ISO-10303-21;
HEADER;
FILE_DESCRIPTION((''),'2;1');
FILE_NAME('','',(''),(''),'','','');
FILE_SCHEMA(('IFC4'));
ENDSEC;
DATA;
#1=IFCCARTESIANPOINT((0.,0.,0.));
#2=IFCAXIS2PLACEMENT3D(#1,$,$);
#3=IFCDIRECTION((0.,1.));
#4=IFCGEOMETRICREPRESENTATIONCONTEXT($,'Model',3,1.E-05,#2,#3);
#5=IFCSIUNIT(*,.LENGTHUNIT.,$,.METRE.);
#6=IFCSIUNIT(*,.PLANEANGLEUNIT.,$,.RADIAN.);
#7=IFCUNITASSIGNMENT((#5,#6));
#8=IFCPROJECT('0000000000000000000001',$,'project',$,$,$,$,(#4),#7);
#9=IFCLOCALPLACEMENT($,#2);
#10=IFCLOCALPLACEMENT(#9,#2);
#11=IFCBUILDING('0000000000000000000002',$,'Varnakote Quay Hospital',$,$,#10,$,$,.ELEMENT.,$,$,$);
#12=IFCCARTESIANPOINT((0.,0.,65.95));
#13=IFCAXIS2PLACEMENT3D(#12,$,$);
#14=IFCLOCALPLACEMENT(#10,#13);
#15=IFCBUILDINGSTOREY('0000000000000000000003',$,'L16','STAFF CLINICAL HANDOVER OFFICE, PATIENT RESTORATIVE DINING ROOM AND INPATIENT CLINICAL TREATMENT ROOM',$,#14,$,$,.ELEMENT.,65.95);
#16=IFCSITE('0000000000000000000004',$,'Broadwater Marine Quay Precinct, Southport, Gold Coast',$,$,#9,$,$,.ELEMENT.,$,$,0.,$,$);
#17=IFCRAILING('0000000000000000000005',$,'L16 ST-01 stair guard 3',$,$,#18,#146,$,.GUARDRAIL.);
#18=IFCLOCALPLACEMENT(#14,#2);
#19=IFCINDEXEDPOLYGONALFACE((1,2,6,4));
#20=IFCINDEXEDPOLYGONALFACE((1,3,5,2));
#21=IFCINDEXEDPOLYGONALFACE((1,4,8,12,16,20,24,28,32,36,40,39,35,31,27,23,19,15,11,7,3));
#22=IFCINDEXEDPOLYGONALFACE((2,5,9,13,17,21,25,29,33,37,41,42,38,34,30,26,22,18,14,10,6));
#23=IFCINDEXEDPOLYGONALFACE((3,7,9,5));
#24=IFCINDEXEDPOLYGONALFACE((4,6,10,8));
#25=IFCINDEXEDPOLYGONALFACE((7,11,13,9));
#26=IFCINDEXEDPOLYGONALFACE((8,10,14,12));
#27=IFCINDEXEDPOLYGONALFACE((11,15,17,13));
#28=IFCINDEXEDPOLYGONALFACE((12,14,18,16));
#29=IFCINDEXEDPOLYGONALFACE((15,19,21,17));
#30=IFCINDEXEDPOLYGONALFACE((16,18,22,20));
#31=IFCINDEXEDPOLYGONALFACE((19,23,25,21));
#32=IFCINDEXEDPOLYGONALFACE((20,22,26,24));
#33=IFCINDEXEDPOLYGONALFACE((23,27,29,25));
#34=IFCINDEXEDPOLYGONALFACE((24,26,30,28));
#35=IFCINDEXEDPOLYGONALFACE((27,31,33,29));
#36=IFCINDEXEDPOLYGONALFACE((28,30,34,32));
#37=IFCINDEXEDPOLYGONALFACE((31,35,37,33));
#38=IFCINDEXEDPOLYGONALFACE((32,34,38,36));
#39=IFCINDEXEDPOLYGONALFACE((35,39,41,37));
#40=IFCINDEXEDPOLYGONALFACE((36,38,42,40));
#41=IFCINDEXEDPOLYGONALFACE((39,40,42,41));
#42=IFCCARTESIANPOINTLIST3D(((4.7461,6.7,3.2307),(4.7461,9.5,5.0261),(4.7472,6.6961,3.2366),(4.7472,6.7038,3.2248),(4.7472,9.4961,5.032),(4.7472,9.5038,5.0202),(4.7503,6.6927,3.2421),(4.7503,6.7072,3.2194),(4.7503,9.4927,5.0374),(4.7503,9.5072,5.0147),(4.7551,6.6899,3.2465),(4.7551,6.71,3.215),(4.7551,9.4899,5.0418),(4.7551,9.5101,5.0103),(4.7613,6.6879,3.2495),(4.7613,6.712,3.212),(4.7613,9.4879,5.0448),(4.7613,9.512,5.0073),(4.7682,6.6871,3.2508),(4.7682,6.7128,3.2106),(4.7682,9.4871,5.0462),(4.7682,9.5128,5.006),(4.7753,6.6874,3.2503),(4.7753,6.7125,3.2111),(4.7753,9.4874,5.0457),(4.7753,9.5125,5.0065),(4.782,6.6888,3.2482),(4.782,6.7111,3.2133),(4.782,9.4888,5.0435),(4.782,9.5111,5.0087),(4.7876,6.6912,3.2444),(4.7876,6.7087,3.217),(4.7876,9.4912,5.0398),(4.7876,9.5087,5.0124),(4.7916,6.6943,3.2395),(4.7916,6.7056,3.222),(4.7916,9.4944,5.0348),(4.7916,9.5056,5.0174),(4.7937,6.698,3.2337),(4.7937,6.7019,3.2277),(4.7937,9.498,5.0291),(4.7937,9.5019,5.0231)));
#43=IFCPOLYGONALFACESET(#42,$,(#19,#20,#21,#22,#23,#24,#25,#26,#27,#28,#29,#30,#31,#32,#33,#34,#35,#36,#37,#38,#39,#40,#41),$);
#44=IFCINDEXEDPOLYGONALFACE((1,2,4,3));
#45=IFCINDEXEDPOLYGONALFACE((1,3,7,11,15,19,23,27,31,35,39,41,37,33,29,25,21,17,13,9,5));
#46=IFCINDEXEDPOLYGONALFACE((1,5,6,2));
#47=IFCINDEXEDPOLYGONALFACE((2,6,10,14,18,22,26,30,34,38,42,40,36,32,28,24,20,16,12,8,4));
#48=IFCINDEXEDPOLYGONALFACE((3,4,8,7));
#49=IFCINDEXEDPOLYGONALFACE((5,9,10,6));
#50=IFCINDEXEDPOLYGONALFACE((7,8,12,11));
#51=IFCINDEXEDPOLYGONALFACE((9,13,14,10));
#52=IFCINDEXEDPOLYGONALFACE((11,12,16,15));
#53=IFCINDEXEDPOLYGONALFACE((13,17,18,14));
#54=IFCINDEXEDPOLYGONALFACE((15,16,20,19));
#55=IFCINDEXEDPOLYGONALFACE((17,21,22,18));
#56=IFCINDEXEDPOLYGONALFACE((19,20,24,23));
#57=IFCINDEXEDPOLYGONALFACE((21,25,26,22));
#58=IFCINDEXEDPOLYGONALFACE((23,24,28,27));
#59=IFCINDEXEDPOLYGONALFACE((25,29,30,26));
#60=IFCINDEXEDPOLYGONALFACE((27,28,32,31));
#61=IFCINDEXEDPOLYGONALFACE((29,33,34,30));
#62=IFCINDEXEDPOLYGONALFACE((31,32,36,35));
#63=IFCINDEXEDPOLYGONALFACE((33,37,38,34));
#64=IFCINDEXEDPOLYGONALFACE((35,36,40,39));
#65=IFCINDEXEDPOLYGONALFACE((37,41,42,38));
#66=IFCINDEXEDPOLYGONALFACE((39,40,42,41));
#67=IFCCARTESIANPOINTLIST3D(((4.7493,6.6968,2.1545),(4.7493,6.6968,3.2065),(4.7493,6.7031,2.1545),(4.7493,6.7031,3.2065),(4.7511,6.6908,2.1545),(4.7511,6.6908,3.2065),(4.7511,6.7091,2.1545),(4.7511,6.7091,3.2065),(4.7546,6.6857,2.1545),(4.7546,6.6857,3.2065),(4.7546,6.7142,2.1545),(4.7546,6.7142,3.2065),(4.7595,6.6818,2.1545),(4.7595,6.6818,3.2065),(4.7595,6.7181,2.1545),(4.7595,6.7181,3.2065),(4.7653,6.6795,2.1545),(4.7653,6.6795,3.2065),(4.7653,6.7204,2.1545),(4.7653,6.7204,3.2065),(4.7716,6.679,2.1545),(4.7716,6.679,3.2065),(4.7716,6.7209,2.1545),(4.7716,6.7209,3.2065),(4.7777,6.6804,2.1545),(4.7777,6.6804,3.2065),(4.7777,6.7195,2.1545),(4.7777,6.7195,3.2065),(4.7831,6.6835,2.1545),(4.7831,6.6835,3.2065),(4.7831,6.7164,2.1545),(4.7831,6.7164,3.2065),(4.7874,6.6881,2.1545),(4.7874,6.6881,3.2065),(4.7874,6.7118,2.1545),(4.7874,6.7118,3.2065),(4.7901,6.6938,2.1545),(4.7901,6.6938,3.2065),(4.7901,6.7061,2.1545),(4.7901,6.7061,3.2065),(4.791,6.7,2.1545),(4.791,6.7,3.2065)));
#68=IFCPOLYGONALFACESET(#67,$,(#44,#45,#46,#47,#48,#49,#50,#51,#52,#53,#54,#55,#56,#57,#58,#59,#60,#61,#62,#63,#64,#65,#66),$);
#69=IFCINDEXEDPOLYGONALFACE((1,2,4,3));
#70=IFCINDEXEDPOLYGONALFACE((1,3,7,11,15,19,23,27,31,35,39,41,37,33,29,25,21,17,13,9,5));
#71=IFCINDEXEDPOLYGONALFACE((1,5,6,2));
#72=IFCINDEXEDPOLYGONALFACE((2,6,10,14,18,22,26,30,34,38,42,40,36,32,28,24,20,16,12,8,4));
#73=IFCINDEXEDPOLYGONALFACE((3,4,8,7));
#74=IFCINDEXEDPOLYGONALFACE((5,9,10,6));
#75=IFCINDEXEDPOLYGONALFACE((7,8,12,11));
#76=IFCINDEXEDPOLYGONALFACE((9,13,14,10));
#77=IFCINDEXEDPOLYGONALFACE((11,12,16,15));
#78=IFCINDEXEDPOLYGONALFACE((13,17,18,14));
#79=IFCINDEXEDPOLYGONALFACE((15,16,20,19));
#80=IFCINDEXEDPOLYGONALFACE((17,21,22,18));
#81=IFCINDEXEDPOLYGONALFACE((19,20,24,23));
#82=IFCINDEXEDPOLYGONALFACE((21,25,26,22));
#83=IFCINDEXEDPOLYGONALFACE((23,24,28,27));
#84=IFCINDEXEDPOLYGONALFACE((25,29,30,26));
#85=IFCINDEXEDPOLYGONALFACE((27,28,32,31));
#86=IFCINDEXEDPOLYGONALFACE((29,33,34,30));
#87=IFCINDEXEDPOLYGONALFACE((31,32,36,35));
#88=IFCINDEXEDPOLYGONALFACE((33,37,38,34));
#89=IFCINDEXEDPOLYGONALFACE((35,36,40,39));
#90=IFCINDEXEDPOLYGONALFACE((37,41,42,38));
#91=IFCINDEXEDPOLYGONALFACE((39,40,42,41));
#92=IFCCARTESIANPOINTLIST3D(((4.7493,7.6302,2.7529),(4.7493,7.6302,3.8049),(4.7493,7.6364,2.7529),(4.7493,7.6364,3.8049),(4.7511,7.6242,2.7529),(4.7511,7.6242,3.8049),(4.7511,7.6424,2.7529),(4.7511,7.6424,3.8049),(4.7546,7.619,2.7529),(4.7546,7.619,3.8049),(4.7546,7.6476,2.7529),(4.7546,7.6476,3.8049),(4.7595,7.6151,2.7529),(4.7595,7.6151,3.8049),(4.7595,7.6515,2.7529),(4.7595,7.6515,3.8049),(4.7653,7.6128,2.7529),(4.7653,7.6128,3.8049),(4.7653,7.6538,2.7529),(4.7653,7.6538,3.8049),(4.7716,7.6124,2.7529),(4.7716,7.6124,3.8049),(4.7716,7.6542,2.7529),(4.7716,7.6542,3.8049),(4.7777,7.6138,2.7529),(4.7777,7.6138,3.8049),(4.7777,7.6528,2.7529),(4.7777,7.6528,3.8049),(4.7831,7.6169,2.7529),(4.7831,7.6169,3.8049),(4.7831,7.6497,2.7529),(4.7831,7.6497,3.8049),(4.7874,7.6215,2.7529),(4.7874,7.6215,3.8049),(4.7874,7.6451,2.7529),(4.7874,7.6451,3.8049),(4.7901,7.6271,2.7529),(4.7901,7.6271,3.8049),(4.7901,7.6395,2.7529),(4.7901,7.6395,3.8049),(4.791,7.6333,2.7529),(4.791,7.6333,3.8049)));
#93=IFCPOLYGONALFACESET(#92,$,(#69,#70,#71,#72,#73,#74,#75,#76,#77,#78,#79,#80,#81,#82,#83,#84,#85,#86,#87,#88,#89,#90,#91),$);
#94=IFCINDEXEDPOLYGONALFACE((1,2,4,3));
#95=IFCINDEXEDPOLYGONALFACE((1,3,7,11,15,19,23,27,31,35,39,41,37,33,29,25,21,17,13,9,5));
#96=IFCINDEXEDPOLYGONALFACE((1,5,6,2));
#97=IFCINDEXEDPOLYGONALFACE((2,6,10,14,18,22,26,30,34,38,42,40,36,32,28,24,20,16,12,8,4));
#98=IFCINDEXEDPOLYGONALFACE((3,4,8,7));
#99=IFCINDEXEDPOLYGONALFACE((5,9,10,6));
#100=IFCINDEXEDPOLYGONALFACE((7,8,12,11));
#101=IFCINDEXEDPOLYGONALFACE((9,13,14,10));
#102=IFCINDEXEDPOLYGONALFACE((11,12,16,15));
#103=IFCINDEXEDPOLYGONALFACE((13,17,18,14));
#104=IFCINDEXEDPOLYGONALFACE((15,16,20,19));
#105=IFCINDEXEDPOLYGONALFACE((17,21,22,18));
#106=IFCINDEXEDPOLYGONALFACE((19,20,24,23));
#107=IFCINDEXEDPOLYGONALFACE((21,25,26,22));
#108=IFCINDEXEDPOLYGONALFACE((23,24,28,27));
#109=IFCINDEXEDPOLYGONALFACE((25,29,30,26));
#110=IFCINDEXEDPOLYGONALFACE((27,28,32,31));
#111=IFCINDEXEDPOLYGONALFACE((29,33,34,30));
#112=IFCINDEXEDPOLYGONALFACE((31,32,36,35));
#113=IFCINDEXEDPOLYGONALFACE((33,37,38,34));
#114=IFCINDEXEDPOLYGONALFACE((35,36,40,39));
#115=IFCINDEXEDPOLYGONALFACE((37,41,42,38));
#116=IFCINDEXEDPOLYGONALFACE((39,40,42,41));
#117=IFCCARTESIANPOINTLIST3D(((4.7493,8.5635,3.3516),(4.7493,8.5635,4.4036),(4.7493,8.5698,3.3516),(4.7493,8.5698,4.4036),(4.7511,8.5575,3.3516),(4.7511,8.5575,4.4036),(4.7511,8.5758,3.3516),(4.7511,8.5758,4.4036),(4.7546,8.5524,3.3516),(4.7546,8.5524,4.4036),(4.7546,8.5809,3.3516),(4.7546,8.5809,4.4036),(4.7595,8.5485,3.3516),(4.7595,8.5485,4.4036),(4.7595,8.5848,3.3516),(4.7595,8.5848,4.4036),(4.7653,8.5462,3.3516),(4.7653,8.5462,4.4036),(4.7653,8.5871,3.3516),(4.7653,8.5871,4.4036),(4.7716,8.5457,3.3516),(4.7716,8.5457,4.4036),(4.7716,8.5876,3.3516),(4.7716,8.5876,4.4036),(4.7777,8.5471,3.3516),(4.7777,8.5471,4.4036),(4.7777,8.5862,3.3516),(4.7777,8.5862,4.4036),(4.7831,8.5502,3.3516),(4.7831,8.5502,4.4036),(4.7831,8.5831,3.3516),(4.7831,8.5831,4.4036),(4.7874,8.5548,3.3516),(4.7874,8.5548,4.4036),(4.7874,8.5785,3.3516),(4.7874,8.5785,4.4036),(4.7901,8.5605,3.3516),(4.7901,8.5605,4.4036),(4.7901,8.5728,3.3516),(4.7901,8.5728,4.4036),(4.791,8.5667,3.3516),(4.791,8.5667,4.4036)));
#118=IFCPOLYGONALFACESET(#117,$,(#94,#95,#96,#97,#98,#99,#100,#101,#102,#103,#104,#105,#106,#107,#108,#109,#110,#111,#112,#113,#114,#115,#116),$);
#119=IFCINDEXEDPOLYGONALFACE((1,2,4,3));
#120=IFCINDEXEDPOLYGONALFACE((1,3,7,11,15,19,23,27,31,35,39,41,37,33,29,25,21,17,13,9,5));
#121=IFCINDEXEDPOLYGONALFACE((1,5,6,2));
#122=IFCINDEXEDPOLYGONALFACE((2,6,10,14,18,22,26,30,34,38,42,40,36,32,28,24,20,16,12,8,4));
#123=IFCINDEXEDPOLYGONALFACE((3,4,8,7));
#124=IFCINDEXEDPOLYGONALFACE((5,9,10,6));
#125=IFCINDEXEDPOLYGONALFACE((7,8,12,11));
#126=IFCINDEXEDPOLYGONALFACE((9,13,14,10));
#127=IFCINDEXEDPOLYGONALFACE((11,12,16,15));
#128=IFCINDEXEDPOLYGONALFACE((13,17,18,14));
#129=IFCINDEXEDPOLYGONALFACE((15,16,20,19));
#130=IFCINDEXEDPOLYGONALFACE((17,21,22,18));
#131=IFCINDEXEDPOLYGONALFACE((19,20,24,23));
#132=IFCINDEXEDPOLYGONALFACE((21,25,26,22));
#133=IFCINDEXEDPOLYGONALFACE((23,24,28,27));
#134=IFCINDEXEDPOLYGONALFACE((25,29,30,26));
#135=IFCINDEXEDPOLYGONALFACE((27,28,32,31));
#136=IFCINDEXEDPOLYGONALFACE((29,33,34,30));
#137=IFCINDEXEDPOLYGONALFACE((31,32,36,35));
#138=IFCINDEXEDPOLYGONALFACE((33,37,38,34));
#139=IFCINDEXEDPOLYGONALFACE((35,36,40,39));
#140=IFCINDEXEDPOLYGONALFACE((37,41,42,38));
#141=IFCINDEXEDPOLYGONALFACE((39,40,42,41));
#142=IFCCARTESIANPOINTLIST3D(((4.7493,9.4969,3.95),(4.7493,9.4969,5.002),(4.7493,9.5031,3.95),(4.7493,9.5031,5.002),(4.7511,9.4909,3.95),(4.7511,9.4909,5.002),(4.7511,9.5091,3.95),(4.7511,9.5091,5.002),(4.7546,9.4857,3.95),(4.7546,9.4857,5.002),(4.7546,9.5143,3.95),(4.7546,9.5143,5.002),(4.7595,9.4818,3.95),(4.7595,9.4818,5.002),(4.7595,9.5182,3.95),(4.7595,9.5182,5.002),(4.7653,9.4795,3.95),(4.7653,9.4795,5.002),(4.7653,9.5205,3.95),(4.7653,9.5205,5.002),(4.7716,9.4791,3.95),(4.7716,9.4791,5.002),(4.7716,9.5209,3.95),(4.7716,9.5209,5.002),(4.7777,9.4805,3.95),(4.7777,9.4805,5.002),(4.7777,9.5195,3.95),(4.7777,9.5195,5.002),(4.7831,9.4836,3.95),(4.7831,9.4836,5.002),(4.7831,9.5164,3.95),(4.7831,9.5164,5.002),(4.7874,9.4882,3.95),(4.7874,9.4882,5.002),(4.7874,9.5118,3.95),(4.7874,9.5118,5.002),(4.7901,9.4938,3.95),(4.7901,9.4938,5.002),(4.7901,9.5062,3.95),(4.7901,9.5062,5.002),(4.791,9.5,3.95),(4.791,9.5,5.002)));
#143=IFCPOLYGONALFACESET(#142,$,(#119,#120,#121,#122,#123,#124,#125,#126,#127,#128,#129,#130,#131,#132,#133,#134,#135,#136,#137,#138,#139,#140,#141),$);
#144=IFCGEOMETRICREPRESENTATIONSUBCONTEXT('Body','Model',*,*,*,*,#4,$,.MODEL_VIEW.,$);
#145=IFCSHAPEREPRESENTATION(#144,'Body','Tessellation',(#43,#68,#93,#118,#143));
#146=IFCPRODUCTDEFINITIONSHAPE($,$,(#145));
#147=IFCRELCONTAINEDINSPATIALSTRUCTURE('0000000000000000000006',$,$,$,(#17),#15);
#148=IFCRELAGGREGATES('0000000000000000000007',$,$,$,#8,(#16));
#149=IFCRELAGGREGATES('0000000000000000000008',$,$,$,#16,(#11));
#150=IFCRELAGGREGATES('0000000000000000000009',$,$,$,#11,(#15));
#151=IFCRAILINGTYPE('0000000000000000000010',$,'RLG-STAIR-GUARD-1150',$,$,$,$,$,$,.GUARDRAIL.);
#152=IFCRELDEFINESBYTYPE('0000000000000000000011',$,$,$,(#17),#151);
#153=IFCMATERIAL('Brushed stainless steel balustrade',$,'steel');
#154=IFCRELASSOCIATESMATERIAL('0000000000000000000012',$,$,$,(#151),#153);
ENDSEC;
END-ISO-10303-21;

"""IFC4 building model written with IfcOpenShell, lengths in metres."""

from ifc_helpers import new_model, si_unit, direction, frame, origin, origin_2d, place, context, subcontext, project, spatial, circle, extrude, material, type_object, element, save


model = new_model("IFC4")

# Units and contexts
model_context = context("Model", 3, precision=1e-05, world=origin(), true_north=direction((0.0, 1.0)))
body_context = subcontext(model_context, "Body", "Model", "MODEL_VIEW")
ifc_project = project(units=[si_unit("LENGTHUNIT", "METRE"), si_unit("PLANEANGLEUNIT", "RADIAN")], contexts=[model_context])

# Site, building, storey
site_placement = place(None, origin())
site = spatial("IfcSite", under=ifc_project, at=site_placement, Name="Broadwater Marine Quay Precinct, Southport, Gold Coast", CompositionType="ELEMENT", RefElevation=0.0)
building_placement = place(site_placement, origin())
building = spatial("IfcBuilding", under=site, at=building_placement, Name="Varnakote Quay Hospital", CompositionType="ELEMENT")
storey_placement = place(building_placement, frame((0.0, 0.0, 65.95)))
storey = spatial("IfcBuildingStorey", under=building, at=storey_placement, Name="L16", Description="STAFF CLINICAL HANDOVER OFFICE, PATIENT RESTORATIVE DINING ROOM AND INPATIENT CLINICAL TREATMENT ROOM", CompositionType="ELEMENT", Elevation=65.95)

# Railing
ifc_material_1 = material(Name="Brushed stainless steel balustrade", Category="steel")
railing_type_1 = type_object("IfcRailingType", Name="RLG-STAIR-GUARD-1150", PredefinedType="GUARDRAIL", material=ifc_material_1)
railing_1_placement = place(storey_placement, frame((4.77, 6.7, 2.1545)))
element("IfcRailing", 1, at=railing_1_placement, inside=storey, type_object=railing_type_1, Name="L16 ST-01 stair guard 3", PredefinedType="GUARDRAIL", context=body_context, shape_type="SweptSolid", body=[
    extrude(circle(Radius=0.0239, at=origin_2d()), frame((0.0, 0.0, 1.0762), z_axis=(0.0, 0.84181, 0.539774), x_axis=(-1.0, 0.0, 0.0)), (0.0, 0.0, 1.0), 3.3262),
    extrude(circle(Radius=0.021, at=origin_2d()), origin(), (0.0, 0.0, 1.0), 1.052),
    extrude(circle(Radius=0.021, at=origin_2d()), frame((0.0, 0.9333, 0.5984)), (0.0, 0.0, 1.0), 1.052),
    extrude(circle(Radius=0.021, at=origin_2d()), frame((0.0, 1.8667, 1.197)), (0.0, 0.0, 1.0), 1.052),
    extrude(circle(Radius=0.021, at=origin_2d()), frame((0.0, 2.8, 1.7954)), (0.0, 0.0, 1.0), 1.052),
])

save(model, "model.ifc")
